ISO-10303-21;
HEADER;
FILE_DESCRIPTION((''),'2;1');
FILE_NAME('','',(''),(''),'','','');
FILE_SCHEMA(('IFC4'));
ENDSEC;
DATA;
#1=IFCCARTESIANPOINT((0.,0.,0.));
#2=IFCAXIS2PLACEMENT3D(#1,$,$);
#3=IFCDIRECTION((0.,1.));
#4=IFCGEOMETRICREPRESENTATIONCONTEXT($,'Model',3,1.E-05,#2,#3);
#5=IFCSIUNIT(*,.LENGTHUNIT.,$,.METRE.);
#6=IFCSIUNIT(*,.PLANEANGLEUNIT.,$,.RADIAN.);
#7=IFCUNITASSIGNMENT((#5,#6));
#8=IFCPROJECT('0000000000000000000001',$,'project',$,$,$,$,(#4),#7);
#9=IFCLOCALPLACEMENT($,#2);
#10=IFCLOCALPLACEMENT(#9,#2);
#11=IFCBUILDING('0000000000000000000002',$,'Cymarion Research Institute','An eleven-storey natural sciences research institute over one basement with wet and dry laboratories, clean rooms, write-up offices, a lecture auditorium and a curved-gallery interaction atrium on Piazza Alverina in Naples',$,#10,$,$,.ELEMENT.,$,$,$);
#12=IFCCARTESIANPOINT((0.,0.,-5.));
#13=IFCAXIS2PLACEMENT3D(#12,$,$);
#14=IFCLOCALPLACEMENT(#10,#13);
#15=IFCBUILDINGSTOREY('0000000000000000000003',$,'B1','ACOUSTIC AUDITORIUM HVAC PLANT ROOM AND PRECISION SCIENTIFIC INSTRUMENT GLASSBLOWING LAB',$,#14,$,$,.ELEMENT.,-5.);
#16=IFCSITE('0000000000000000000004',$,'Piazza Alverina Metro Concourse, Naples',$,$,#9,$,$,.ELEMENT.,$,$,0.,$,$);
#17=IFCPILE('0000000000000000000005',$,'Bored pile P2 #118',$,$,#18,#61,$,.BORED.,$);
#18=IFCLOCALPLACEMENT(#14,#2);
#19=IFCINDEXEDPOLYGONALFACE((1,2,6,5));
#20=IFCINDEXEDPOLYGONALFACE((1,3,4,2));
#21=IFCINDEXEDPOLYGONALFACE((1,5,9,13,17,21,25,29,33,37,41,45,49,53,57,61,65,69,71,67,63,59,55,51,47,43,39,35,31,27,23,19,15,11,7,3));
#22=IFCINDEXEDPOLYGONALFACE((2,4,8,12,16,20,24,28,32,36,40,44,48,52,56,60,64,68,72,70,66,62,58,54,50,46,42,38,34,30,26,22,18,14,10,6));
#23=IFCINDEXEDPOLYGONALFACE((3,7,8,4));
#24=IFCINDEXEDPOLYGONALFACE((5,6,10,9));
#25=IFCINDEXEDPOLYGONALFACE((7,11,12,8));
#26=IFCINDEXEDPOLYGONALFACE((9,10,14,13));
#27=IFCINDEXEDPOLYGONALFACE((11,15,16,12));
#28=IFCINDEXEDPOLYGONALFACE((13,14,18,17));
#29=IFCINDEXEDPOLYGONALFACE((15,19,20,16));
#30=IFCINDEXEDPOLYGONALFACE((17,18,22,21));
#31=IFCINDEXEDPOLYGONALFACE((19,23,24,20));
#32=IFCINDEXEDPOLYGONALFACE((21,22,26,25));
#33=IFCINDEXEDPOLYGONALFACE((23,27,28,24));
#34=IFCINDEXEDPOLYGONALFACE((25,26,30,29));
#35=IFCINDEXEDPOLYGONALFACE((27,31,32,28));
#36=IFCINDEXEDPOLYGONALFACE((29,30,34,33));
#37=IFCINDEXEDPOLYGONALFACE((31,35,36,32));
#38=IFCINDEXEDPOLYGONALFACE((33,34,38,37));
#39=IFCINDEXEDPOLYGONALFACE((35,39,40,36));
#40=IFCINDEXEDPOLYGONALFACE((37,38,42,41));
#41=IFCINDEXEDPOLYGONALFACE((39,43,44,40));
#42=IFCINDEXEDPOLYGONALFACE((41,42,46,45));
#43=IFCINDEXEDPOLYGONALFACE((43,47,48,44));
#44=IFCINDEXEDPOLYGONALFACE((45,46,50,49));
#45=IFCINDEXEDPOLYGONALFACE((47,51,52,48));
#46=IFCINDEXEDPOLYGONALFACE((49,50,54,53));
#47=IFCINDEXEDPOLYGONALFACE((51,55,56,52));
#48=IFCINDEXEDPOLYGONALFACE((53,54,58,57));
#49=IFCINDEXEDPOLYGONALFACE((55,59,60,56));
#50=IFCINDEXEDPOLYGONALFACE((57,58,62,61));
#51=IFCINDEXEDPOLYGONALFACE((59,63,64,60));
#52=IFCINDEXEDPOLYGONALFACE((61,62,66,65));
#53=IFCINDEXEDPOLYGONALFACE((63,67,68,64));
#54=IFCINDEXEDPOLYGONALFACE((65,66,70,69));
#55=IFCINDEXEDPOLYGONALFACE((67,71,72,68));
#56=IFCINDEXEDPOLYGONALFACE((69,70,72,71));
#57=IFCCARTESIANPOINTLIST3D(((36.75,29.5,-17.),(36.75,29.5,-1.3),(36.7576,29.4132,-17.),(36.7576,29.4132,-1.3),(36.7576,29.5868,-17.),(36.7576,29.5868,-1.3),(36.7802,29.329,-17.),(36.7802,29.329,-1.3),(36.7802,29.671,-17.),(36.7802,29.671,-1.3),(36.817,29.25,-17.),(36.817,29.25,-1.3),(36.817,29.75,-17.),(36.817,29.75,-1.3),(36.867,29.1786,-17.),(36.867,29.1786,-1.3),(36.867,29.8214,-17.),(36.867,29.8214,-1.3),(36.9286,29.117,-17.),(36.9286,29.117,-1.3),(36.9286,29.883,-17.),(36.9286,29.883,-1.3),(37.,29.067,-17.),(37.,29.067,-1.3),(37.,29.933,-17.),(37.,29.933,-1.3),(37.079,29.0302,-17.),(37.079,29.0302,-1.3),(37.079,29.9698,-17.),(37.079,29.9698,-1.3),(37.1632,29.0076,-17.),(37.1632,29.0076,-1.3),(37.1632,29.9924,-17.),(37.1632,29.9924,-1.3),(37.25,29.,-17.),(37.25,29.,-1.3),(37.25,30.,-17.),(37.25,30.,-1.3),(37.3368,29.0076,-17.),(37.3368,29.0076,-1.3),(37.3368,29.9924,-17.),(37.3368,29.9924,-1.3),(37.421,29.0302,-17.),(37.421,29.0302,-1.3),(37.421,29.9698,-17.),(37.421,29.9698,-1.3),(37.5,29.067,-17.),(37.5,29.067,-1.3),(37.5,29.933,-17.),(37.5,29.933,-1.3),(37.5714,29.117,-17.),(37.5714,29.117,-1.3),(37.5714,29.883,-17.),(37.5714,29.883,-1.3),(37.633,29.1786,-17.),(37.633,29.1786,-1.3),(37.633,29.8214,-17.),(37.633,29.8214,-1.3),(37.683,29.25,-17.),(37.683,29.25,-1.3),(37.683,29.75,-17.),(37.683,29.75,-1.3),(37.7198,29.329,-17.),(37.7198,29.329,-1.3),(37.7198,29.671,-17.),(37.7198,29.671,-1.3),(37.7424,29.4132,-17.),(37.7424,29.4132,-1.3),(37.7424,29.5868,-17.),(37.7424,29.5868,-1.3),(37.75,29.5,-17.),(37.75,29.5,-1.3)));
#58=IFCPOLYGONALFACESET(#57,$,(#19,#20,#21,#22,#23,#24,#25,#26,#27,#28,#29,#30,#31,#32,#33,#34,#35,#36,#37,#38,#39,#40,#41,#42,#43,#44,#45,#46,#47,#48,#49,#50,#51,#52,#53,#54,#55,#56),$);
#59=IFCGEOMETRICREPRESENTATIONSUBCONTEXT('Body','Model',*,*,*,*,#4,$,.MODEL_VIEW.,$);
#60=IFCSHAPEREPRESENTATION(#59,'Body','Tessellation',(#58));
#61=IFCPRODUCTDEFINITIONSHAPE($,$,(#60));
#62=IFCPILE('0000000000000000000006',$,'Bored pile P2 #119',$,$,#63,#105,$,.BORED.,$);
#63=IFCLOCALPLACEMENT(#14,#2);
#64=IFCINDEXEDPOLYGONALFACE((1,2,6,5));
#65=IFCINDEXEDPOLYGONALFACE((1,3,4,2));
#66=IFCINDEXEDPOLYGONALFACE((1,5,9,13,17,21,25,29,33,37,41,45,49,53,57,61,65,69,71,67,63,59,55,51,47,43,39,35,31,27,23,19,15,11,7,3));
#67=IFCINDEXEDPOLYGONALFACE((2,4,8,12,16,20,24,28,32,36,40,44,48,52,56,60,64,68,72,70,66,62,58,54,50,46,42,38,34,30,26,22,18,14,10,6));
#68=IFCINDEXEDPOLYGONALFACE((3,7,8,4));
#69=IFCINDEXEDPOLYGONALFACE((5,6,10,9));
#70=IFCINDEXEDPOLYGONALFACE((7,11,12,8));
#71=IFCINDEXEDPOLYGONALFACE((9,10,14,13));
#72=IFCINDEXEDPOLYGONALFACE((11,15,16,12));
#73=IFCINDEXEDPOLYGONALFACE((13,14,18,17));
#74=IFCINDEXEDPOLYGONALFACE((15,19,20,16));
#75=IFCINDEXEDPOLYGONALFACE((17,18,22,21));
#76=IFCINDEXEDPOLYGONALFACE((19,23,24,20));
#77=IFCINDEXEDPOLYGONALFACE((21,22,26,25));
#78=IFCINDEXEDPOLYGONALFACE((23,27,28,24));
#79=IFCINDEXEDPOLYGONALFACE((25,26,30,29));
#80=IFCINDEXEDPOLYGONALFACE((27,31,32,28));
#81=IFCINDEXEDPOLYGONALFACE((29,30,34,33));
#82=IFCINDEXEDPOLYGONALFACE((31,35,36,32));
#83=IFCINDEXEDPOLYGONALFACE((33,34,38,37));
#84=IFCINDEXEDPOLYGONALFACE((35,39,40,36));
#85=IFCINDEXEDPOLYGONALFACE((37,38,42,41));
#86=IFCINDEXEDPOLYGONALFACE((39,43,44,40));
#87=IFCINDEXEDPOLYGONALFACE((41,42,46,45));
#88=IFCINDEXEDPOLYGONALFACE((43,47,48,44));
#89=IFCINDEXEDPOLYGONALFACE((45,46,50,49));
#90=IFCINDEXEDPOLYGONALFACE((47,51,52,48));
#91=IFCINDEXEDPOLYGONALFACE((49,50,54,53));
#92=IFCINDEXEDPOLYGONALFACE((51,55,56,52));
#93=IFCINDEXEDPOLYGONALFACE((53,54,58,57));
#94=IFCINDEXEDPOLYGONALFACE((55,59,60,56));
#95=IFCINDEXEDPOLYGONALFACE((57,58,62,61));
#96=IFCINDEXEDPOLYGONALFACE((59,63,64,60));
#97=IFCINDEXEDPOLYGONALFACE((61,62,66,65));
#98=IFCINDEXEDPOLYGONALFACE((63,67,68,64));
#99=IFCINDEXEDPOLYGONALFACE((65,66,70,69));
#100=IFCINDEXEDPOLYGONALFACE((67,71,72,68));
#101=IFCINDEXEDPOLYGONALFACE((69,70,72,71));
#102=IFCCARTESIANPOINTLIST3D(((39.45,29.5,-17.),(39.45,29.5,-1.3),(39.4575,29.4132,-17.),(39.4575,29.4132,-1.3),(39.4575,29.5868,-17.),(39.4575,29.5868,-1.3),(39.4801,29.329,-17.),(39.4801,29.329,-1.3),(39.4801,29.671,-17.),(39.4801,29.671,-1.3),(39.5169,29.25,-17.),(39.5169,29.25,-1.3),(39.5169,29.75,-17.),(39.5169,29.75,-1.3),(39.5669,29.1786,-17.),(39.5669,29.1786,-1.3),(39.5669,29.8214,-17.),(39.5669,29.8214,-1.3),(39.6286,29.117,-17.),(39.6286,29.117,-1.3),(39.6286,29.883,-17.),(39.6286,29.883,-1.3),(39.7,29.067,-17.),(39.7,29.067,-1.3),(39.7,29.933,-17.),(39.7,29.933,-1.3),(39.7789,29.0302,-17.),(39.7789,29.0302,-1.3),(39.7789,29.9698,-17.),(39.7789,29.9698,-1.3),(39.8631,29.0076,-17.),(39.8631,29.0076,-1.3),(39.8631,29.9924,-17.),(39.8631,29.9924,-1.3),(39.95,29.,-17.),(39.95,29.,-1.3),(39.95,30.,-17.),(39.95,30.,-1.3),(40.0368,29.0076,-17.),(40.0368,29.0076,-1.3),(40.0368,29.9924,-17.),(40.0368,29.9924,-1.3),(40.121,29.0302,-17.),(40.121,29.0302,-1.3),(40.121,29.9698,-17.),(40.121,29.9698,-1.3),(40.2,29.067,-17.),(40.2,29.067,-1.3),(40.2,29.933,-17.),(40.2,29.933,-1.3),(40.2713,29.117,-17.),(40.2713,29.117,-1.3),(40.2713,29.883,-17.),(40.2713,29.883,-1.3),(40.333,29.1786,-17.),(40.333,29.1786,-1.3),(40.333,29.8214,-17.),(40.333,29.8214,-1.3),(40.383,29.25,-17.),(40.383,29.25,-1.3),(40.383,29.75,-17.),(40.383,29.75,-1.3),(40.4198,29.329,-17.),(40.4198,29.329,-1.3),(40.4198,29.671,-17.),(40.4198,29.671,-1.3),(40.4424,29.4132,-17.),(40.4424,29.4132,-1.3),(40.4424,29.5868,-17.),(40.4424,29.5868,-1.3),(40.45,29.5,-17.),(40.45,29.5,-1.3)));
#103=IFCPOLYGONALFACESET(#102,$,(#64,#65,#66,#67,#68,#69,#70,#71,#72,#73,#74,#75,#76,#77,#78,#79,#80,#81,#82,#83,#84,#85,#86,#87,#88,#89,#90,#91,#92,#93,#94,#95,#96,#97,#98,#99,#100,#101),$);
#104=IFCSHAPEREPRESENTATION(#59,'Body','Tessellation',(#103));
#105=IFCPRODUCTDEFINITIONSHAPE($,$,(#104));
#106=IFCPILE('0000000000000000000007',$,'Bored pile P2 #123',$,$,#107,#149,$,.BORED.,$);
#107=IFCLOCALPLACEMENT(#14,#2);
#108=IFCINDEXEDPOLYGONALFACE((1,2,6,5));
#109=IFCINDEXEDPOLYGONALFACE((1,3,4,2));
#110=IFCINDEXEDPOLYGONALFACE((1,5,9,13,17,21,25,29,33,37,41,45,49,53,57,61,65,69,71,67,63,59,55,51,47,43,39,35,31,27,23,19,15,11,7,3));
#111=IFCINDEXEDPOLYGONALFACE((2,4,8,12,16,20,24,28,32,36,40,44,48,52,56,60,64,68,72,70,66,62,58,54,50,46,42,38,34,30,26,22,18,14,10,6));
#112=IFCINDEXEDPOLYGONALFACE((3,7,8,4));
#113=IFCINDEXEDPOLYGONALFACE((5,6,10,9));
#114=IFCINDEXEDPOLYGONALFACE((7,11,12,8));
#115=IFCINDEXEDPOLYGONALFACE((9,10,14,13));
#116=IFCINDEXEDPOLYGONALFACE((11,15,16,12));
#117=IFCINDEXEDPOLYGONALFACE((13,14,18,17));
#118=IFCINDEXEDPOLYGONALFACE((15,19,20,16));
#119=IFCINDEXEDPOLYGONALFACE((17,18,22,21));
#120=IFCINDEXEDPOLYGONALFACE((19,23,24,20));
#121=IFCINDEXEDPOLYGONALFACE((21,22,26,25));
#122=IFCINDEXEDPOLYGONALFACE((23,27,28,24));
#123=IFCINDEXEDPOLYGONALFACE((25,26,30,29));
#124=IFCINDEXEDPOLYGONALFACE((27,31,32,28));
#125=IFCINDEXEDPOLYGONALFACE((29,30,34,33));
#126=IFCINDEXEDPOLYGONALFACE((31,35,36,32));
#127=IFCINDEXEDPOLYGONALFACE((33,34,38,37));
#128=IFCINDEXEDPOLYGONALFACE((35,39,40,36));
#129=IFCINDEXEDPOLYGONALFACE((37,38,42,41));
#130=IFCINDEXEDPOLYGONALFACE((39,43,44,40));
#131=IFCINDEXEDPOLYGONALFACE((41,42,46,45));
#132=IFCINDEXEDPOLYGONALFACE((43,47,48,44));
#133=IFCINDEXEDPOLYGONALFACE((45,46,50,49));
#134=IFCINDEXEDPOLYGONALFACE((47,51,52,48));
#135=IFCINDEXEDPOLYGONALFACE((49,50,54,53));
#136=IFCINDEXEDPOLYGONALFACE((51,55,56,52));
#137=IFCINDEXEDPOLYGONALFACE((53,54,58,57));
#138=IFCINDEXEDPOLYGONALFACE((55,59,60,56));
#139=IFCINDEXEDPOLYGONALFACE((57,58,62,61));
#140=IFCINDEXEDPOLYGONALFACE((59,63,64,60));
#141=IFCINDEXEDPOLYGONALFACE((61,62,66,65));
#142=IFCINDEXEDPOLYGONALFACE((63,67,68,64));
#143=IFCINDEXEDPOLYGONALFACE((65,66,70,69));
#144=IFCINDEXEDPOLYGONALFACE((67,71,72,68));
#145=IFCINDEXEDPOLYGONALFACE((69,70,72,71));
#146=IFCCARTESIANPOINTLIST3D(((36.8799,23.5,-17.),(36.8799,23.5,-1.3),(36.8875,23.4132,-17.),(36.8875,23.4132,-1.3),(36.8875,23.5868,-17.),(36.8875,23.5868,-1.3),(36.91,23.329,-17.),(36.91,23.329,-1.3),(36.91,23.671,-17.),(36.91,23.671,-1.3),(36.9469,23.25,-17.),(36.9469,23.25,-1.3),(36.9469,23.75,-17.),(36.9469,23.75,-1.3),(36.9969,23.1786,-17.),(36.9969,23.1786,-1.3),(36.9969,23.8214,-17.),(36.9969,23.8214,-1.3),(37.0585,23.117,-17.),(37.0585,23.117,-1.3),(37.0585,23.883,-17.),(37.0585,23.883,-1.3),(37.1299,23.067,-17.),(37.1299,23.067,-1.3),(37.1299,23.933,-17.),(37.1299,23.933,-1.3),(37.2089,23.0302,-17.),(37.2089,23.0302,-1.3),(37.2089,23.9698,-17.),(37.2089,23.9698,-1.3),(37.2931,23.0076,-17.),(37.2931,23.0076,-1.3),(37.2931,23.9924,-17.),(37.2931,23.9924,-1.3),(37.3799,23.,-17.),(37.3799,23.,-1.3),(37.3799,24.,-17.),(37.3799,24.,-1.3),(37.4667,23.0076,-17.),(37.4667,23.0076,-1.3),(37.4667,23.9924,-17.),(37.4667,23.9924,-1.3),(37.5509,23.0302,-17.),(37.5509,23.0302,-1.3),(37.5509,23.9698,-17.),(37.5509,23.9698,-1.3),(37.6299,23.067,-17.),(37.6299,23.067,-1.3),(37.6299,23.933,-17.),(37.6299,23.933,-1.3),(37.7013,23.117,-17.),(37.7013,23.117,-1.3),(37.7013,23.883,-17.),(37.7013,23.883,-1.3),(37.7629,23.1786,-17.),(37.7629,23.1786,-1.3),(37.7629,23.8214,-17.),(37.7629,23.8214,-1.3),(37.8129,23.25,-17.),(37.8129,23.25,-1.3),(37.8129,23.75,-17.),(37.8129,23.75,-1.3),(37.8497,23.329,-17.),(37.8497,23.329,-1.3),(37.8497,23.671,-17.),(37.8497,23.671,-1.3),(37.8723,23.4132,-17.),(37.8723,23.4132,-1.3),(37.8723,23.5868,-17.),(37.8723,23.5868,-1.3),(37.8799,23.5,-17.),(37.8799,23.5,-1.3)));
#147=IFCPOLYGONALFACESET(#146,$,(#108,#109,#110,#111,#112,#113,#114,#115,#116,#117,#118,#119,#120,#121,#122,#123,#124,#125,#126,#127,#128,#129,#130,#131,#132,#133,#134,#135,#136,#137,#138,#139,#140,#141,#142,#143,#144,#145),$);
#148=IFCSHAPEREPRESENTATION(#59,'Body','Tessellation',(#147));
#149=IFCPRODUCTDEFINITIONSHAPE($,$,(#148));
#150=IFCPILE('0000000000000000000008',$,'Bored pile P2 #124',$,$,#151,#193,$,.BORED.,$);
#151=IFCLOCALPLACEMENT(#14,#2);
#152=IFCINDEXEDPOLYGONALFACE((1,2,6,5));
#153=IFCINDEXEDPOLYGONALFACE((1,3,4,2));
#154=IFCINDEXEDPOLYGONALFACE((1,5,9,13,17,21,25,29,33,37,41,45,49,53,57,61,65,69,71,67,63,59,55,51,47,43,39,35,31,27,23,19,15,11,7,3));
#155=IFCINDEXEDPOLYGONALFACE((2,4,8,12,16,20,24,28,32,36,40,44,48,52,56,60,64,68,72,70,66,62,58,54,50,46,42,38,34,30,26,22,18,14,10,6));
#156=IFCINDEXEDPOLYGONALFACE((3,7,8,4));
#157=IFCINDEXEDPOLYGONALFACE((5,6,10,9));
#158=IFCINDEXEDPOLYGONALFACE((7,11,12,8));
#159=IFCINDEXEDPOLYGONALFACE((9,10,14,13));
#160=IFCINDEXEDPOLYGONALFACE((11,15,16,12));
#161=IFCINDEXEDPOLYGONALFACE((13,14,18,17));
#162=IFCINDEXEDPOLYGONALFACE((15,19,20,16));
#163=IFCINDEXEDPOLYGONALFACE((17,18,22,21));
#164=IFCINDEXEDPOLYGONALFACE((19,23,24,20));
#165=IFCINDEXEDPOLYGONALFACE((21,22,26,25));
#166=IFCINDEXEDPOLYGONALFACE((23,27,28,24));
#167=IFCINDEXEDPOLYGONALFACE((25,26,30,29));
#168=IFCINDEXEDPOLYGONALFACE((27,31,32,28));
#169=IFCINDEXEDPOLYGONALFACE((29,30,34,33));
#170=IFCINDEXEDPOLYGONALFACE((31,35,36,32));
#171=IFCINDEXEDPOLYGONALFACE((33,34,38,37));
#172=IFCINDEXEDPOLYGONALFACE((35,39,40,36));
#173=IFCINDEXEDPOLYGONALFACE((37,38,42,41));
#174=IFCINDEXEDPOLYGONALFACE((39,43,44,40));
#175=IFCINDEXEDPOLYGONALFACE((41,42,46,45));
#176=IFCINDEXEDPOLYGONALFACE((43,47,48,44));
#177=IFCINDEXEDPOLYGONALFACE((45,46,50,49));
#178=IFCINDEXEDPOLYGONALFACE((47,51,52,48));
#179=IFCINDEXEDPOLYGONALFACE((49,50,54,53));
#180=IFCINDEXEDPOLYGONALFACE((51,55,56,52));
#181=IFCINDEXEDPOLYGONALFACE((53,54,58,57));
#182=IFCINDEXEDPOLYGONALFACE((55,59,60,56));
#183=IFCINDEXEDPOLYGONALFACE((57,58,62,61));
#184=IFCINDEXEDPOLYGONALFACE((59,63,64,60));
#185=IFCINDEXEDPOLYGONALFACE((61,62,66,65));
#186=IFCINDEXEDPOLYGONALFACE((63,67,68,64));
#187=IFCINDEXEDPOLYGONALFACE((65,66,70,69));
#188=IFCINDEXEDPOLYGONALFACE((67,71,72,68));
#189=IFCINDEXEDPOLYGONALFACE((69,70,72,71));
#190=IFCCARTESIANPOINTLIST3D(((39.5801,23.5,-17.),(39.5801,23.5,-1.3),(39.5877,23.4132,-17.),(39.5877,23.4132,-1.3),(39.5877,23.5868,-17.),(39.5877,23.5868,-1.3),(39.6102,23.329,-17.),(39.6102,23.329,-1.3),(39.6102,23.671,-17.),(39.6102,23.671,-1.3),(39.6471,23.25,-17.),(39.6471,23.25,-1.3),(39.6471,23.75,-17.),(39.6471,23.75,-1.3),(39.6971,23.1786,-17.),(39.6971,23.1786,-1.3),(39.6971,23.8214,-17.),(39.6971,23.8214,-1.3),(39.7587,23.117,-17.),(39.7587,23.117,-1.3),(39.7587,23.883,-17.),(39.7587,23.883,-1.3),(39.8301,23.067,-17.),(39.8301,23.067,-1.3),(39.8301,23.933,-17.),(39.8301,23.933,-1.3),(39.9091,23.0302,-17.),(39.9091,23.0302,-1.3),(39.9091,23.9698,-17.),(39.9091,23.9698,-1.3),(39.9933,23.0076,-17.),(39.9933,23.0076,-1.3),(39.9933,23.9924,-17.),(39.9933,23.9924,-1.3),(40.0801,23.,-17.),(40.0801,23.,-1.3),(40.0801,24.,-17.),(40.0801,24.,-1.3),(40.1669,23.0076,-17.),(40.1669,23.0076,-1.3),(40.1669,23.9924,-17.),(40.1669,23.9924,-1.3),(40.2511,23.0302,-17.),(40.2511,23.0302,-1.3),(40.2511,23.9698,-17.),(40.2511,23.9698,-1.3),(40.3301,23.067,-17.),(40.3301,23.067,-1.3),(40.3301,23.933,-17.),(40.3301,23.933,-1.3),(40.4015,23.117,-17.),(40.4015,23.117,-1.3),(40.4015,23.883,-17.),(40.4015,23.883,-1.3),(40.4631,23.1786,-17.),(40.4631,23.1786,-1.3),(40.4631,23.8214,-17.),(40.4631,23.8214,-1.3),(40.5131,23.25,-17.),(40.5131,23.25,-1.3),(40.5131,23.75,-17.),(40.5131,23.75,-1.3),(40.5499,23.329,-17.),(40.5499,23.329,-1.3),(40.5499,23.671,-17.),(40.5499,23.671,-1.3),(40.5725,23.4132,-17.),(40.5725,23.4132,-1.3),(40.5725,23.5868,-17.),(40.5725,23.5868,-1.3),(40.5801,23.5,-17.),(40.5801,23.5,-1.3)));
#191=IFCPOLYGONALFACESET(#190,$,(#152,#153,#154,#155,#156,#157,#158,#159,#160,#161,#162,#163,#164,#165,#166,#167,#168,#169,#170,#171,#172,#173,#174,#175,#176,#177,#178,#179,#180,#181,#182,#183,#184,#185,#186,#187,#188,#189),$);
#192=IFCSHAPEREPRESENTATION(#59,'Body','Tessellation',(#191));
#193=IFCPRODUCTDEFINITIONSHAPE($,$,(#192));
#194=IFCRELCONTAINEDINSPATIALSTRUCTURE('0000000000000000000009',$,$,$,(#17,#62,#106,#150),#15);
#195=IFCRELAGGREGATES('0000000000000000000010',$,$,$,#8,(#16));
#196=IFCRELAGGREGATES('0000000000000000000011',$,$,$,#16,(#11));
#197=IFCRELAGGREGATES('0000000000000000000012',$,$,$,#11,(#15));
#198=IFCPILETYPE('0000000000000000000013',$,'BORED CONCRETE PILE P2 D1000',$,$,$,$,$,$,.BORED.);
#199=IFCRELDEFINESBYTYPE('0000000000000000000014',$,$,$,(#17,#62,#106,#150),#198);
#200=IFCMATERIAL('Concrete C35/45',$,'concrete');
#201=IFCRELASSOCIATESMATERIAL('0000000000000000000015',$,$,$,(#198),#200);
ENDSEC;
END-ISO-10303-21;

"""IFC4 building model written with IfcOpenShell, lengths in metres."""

from ifc_helpers import new_model, si_unit, direction, frame, origin, origin_2d, place, context, subcontext, project, spatial, circle, extrude, material, material_profile, profile_set, type_object, element, save


model = new_model("IFC4")

# Units and contexts
model_context = context("Model", 3, precision=1e-05, world=origin(), true_north=direction((0.0, 1.0)))
body_context = subcontext(model_context, "Body", "Model", "MODEL_VIEW")
ifc_project = project(units=[si_unit("LENGTHUNIT", "METRE"), si_unit("PLANEANGLEUNIT", "RADIAN")], contexts=[model_context])

# Site, building, storey
site_placement = place(None, origin())
site = spatial("IfcSite", under=ifc_project, at=site_placement, Name="Piazza Alverina Metro Concourse, Naples", CompositionType="ELEMENT", RefElevation=0.0)
building_placement = place(site_placement, origin())
building = spatial("IfcBuilding", under=site, at=building_placement, Name="Cymarion Research Institute", Description="An eleven-storey natural sciences research institute over one basement with wet and dry laboratories, clean rooms, write-up offices, a lecture auditorium and a curved-gallery interaction atrium on Piazza Alverina in Naples", CompositionType="ELEMENT")
storey_placement = place(building_placement, frame((0.0, 0.0, -5.0)))
storey = spatial("IfcBuildingStorey", under=building, at=storey_placement, Name="B1", Description="ACOUSTIC AUDITORIUM HVAC PLANT ROOM AND PRECISION SCIENTIFIC INSTRUMENT GLASSBLOWING LAB", CompositionType="ELEMENT", Elevation=-5.0)

# Piles
ifc_material_1 = material(Name="Concrete C35/45", Category="concrete")
ifc_material_profile_1 = material_profile(ifc_material_1, circle(Radius=0.5, at=origin_2d()), Name="BORED PILE D1000")
ifc_profile_set_1 = profile_set([ifc_material_profile_1], Name="Concrete C35/45")
pile_type_1 = type_object("IfcPileType", Name="BORED CONCRETE PILE P2 D1000", PredefinedType="BORED", material=ifc_profile_set_1)
for number, where, z_axis, x_axis, name in (
    (1, (37.25, 29.5, -1.3), (0.0, 0.0, -1.0), (1.0, 0.0, 0.0), "Bored pile P2 #118"),
    (2, (39.95, 29.5, -1.3), (0.0, 0.0, -1.0), (1.0, 0.0, 0.0), "Bored pile P2 #119"),
    (3, (37.3799, 23.5, -1.3), (0.0, 0.0, -1.0), (1.0, 0.0, 0.0), "Bored pile P2 #123"),
    (4, (40.0801, 23.5, -1.3), (0.0, 0.0, -1.0), (1.0, 0.0, 0.0), "Bored pile P2 #124"),
):
    element("IfcPile", number, at=place(storey_placement, frame(where, z_axis=z_axis, x_axis=x_axis)), inside=storey, type_object=pile_type_1, Name=name, PredefinedType="BORED", context=body_context, shape_type="SweptSolid", body=[
        extrude(circle(Radius=0.5, at=origin_2d()), origin(), (0.0, 0.0, 1.0), 15.7),
    ])

save(model, "model.ifc")
